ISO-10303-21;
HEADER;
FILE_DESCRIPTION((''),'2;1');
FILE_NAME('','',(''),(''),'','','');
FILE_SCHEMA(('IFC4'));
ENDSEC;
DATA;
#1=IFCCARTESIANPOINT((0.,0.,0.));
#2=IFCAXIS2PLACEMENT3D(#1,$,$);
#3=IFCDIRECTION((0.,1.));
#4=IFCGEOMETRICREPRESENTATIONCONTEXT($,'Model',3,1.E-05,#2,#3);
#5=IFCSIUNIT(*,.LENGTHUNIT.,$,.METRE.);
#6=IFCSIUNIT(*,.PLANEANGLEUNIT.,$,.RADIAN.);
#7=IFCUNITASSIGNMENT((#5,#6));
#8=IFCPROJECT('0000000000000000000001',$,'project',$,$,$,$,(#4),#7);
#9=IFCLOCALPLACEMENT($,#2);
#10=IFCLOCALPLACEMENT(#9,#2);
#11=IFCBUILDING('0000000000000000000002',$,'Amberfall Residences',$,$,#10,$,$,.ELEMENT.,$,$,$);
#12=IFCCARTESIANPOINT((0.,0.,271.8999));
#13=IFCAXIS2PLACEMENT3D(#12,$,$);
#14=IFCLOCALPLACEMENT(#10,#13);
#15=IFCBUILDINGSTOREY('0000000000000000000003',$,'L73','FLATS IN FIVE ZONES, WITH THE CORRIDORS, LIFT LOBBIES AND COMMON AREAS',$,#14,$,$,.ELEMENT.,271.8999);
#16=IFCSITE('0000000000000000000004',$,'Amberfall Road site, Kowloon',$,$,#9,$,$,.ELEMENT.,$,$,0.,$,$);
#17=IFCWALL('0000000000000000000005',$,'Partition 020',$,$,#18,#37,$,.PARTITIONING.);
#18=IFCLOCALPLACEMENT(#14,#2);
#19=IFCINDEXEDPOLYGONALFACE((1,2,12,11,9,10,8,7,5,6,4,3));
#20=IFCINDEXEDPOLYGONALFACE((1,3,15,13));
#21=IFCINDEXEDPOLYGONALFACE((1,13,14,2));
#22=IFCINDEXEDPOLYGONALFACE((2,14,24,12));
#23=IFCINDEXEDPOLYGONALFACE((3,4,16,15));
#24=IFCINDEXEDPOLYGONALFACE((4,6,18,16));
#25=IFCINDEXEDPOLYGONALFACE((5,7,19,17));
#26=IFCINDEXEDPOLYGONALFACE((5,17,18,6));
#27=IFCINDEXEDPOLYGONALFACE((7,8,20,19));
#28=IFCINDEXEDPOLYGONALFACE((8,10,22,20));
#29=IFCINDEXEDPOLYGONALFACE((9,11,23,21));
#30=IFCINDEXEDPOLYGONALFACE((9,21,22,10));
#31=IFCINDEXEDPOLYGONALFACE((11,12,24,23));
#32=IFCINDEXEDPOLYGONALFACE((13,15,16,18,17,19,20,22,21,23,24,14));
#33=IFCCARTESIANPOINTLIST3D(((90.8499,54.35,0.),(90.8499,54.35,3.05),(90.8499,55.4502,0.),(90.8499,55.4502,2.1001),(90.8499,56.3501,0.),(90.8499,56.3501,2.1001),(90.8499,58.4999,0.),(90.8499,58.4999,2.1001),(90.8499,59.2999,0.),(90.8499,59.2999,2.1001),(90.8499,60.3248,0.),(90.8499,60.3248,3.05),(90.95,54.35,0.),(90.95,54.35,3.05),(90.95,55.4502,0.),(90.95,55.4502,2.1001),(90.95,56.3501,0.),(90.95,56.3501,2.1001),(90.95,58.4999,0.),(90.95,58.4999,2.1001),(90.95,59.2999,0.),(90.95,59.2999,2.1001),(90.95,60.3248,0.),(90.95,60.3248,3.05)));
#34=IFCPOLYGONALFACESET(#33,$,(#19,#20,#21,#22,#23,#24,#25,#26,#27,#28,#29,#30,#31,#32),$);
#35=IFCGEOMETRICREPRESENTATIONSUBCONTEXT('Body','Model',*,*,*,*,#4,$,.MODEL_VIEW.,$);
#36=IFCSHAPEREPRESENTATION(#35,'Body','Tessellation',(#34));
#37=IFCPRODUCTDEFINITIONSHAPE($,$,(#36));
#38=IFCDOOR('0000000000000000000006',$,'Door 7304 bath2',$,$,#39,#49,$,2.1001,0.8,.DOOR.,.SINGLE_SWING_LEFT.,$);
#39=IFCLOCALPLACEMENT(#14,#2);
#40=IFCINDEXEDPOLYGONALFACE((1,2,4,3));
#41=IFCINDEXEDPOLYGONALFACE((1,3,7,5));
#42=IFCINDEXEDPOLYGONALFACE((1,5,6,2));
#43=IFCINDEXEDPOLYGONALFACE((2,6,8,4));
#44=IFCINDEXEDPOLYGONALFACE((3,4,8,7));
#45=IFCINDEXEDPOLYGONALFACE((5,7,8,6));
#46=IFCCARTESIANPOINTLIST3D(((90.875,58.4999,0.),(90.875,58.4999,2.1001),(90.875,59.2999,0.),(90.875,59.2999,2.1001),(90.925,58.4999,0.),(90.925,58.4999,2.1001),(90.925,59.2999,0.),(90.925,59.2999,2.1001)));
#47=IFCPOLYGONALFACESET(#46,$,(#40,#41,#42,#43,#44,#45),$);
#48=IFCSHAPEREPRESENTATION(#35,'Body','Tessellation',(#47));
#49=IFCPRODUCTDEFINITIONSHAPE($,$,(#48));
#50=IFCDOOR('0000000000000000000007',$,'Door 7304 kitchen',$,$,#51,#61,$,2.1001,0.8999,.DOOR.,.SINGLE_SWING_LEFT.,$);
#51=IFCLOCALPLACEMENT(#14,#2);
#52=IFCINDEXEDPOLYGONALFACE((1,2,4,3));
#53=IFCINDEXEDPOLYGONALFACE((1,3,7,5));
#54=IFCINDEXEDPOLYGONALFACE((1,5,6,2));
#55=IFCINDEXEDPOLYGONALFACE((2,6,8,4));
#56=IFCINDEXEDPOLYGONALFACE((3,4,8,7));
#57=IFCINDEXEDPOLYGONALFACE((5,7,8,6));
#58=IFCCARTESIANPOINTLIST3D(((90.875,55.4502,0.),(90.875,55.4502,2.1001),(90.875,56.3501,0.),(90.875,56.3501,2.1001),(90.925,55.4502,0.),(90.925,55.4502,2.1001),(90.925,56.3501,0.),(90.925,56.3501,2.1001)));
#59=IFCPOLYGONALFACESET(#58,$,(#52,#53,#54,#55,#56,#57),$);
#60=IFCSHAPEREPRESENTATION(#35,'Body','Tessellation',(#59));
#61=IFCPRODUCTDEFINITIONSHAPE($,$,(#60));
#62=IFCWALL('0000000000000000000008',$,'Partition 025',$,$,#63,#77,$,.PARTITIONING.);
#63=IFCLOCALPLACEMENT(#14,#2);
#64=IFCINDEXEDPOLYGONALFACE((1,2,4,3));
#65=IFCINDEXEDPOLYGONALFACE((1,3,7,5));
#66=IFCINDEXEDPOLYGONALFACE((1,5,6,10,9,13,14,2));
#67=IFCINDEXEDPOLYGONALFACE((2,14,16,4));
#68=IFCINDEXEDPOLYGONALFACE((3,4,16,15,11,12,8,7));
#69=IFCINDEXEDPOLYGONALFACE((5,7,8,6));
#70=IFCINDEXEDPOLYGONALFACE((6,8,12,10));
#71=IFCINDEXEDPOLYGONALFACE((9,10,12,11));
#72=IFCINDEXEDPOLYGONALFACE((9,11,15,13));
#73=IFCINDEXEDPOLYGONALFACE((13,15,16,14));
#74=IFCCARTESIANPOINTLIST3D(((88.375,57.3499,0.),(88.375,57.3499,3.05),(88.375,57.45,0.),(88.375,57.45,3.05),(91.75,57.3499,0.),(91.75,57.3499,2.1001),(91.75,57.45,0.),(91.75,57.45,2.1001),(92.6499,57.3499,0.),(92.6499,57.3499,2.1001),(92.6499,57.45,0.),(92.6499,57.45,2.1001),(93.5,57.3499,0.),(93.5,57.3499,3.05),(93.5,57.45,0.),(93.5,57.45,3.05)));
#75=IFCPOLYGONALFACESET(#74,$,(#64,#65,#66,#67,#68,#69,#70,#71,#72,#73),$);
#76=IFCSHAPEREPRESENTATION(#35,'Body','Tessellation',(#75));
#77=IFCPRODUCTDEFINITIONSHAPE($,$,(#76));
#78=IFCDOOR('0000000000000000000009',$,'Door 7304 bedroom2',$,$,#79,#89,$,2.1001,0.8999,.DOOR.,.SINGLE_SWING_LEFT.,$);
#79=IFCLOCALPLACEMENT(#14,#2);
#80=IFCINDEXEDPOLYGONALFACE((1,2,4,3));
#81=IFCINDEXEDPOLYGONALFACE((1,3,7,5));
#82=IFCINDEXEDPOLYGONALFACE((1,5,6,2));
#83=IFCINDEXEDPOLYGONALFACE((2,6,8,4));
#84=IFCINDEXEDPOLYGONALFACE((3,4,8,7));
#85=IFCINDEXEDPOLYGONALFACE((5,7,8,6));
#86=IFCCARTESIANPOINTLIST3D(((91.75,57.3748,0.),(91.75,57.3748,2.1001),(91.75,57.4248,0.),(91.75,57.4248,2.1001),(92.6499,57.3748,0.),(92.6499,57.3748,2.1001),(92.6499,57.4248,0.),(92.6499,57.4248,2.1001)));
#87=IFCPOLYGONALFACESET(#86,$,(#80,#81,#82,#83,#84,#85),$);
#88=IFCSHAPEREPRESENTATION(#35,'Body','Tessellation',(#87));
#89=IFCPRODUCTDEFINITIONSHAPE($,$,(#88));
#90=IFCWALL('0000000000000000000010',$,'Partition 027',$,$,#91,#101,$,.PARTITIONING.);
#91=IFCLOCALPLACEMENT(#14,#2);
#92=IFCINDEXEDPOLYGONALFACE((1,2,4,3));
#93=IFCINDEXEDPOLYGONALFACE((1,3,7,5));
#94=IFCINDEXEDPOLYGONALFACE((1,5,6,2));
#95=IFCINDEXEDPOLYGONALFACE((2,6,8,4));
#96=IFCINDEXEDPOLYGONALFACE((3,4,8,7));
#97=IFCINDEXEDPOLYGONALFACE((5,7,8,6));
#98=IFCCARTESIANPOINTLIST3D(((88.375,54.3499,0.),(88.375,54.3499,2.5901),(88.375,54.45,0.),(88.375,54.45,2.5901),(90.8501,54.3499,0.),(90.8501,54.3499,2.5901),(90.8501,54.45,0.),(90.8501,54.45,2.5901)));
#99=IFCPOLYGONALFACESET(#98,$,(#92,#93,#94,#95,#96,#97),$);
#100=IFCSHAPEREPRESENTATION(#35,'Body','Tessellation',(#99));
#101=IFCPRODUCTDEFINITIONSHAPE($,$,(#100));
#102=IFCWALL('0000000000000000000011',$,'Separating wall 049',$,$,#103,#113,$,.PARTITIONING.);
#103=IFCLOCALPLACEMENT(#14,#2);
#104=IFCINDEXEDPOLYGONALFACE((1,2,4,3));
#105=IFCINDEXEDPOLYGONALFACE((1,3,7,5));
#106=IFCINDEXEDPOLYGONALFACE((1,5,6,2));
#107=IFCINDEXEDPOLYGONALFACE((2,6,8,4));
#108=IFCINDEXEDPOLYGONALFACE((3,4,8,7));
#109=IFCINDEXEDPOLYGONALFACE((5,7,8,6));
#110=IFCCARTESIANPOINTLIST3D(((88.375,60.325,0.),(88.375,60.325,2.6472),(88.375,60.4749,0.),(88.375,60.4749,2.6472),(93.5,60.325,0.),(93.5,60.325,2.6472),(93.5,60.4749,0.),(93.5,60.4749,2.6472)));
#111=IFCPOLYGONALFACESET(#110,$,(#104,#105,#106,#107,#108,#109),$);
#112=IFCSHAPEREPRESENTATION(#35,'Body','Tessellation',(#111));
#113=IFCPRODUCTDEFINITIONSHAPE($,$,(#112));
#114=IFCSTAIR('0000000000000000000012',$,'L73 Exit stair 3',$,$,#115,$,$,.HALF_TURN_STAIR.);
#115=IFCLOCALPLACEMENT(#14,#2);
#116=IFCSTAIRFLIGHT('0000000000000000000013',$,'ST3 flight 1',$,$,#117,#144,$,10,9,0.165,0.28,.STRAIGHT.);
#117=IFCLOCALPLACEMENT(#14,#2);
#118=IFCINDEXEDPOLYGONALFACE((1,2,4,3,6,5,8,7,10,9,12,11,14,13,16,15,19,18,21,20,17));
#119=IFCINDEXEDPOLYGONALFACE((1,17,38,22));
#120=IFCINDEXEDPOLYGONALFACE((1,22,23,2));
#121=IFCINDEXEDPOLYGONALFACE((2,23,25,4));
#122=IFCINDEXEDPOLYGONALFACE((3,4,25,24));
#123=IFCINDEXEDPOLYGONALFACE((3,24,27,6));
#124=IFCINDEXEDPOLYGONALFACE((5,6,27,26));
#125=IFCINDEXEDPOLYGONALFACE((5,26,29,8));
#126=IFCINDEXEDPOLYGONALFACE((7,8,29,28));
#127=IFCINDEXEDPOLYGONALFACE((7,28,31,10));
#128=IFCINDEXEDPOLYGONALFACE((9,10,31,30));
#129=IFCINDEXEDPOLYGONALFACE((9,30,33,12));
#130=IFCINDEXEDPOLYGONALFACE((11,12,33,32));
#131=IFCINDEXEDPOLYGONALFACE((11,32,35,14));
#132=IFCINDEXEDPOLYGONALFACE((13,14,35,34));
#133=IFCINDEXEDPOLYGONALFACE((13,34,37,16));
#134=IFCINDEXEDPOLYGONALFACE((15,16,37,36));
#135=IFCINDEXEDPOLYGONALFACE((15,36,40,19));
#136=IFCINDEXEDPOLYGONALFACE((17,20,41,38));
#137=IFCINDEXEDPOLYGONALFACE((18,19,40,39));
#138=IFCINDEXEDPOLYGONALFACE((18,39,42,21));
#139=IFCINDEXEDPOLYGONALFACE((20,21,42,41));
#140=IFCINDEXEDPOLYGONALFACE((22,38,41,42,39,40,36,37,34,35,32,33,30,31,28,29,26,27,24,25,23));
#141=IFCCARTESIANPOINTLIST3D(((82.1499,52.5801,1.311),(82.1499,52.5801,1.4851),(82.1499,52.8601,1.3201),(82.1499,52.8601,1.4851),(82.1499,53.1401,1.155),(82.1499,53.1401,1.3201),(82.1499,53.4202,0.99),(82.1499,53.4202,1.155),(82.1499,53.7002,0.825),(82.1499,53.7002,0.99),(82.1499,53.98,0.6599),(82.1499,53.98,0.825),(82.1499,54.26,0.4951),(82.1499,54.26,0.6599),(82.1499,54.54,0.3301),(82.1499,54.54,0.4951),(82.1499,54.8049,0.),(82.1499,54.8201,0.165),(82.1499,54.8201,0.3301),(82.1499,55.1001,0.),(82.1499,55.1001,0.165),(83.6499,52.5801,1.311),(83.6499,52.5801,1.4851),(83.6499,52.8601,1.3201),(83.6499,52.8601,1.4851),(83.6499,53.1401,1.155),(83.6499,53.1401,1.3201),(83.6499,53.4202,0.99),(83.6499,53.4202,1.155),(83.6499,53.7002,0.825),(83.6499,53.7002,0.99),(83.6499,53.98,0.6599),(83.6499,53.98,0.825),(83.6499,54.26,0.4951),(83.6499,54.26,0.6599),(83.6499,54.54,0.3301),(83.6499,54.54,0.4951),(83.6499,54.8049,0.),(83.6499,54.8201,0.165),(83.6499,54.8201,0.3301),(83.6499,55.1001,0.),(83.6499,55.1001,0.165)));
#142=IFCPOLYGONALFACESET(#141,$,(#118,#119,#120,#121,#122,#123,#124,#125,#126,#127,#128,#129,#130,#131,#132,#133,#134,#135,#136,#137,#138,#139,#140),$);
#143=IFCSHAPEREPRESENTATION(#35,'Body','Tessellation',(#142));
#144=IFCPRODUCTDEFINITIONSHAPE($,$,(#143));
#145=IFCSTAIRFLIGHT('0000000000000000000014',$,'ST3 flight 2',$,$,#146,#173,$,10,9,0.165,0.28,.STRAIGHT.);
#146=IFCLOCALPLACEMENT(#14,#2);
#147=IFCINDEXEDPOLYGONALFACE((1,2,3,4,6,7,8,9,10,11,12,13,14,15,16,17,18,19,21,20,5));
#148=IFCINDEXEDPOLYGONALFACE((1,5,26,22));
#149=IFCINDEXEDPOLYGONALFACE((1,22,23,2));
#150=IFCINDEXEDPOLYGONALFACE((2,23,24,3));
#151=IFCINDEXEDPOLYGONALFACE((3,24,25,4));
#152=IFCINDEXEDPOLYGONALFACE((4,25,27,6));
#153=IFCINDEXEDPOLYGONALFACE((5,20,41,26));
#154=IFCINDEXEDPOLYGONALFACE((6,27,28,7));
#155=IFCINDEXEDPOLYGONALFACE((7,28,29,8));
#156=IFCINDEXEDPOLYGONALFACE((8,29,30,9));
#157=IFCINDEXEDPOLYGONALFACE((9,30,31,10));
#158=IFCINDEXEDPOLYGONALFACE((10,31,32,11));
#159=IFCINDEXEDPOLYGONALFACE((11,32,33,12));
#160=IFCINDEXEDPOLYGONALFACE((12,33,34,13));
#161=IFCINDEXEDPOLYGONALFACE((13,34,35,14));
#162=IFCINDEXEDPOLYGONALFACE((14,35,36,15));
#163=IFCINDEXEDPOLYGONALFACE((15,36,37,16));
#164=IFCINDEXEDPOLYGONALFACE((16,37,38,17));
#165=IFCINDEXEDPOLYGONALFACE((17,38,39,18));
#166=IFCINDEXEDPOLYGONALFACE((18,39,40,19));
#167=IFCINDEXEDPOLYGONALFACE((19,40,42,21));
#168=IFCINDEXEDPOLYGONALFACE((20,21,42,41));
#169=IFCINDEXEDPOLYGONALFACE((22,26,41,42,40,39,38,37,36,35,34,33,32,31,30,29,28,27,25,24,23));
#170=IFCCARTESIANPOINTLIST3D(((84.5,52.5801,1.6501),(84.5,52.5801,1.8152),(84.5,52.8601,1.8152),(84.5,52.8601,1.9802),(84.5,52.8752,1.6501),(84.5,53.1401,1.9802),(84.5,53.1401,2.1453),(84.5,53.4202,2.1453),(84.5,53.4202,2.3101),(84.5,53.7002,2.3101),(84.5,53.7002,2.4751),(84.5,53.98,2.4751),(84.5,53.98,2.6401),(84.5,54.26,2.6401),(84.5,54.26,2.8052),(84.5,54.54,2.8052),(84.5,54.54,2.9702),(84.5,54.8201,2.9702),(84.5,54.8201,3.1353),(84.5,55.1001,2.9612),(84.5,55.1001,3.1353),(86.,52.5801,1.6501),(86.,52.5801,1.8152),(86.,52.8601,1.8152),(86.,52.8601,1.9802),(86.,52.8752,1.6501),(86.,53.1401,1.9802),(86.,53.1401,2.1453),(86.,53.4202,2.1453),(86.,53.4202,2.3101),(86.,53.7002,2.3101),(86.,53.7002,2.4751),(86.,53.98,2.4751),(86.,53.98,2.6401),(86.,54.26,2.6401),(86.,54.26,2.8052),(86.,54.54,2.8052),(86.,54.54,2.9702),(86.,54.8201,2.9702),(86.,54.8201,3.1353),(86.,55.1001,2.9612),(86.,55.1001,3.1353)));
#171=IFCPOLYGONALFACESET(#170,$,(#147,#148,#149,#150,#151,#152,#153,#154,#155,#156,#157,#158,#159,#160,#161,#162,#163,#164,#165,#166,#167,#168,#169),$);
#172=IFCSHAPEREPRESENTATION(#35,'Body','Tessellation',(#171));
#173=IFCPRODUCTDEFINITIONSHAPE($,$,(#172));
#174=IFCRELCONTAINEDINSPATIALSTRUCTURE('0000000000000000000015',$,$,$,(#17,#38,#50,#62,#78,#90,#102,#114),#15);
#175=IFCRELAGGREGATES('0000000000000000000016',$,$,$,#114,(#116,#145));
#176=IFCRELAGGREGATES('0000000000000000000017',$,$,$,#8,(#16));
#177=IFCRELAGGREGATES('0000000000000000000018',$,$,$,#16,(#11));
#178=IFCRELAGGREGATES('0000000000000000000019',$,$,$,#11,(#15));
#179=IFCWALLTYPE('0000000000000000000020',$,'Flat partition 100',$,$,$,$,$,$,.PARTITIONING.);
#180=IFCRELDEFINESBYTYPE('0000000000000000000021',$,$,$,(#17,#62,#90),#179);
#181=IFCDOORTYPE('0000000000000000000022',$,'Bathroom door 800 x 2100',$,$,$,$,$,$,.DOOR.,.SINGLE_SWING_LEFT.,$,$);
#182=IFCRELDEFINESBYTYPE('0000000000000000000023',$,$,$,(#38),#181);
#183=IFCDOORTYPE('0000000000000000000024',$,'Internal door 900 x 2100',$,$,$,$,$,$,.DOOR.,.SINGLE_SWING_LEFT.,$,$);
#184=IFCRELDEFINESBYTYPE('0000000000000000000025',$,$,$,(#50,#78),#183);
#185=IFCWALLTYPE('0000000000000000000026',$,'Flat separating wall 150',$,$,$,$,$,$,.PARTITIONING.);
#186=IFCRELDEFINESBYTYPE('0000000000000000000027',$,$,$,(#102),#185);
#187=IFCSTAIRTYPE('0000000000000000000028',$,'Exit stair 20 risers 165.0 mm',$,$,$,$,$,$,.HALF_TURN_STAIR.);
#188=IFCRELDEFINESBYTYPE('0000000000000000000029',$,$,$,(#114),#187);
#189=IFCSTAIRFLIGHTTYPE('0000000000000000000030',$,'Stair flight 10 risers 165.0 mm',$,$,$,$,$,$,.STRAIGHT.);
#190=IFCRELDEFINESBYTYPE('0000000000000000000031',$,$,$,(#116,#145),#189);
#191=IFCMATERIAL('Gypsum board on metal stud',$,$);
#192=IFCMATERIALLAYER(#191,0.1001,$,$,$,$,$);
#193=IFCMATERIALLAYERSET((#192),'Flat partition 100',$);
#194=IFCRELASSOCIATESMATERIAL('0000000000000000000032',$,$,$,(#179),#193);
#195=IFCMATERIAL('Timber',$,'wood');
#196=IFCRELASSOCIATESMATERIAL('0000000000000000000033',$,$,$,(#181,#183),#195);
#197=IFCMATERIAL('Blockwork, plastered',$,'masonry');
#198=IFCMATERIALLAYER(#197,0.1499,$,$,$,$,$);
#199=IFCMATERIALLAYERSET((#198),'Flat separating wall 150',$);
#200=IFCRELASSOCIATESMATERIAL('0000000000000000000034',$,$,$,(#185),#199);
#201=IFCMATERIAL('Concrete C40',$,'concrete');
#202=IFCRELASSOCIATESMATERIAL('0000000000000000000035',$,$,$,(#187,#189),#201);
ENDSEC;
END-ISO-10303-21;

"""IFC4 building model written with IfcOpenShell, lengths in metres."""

from ifc_helpers import new_model, si_unit, direction, frame, frame_2d, origin, place, context, subcontext, project, spatial, polyline, rectangle, outline, extrude, material, layer, layer_set, type_object, element, fill, aggregate, save


model = new_model("IFC4")

# Units and contexts
model_context = context("Model", 3, precision=1e-05, world=origin(), true_north=direction((0.0, 1.0)))
body_context = subcontext(model_context, "Body", "Model", "MODEL_VIEW")
ifc_project = project(units=[si_unit("LENGTHUNIT", "METRE"), si_unit("PLANEANGLEUNIT", "RADIAN")], contexts=[model_context])

# Site, building, storey
site_placement = place(None, origin())
site = spatial("IfcSite", under=ifc_project, at=site_placement, Name="Amberfall Road site, Kowloon", CompositionType="ELEMENT", RefElevation=0.0)
building_placement = place(site_placement, origin())
building = spatial("IfcBuilding", under=site, at=building_placement, Name="Amberfall Residences", CompositionType="ELEMENT")
storey_placement = place(building_placement, frame((0.0, 0.0, 271.8999)))
storey = spatial("IfcBuildingStorey", under=building, at=storey_placement, Name="L73", Description="FLATS IN FIVE ZONES, WITH THE CORRIDORS, LIFT LOBBIES AND COMMON AREAS", CompositionType="ELEMENT", Elevation=271.8999)

# Wall, openings, doors
ifc_material_1 = material(Name="Gypsum board on metal stud")
ifc_layer_1 = layer(ifc_material_1, 0.1001)
ifc_layer_set_1 = layer_set([ifc_layer_1], Name="Flat partition 100")
wall_type_1 = type_object("IfcWallType", Name="Flat partition 100", PredefinedType="PARTITIONING", material=ifc_layer_set_1)
wall_1_placement = place(storey_placement, frame((90.8999, 54.3501, 0.0), z_axis=(0.0, 0.0, 1.0), x_axis=(0.0, 1.0, 0.0)))
wall_1 = element("IfcWall", 1, at=wall_1_placement, inside=storey, type_object=wall_type_1, Name="Partition 020", PredefinedType="PARTITIONING", context=body_context, shape_type="SweptSolid", body=[
    extrude(rectangle(XDim=5.9749, YDim=0.1001, at=frame_2d((2.9873, 0.0))), origin(), (0.0, 0.0, 1.0), 3.05),
])
opening_1_placement = place(wall_1_placement, frame((1.1001, 0.0, 0.0)))
opening_1 = element("IfcOpeningElement", 2, at=opening_1_placement, cuts=wall_1, PredefinedType="OPENING", context=body_context, shape_type="SweptSolid", body=[
    extrude(rectangle(XDim=0.8999, YDim=2.1001, at=frame_2d((0.45, 1.05))), frame((0.0, 0.0601, 0.0), z_axis=(0.0, -1.0, 0.0), x_axis=(1.0, 0.0, 0.0)), (0.0, 0.0, 1.0), 0.1201),
])
opening_2_placement = place(wall_1_placement, frame((4.1499, 0.0, 0.0)))
opening_2 = element("IfcOpeningElement", 3, at=opening_2_placement, cuts=wall_1, PredefinedType="OPENING", context=body_context, shape_type="SweptSolid", body=[
    extrude(rectangle(XDim=0.8, YDim=2.1001, at=frame_2d((0.3999, 1.05))), frame((0.0, 0.0601, 0.0), z_axis=(0.0, -1.0, 0.0), x_axis=(1.0, 0.0, 0.0)), (0.0, 0.0, 1.0), 0.1201),
])
ifc_material_2 = material(Name="Timber", Category="wood")
door_type_1 = type_object("IfcDoorType", Name="Bathroom door 800 x 2100", OperationType="SINGLE_SWING_LEFT", PredefinedType="DOOR", material=ifc_material_2)
door_1_placement = place(opening_2_placement, origin())
door_1 = element("IfcDoor", 4, at=door_1_placement, inside=storey, type_object=door_type_1, Name="Door 7304 bath2", OperationType="SINGLE_SWING_LEFT", OverallHeight=2.1001, OverallWidth=0.8, PredefinedType="DOOR", context=body_context, shape_type="SweptSolid", body=[
    extrude(rectangle(XDim=0.8, YDim=2.1001, at=frame_2d((0.3999, 1.05))), frame((0.0, 0.0249, 0.0), z_axis=(0.0, -1.0, 0.0), x_axis=(1.0, 0.0, 0.0)), (0.0, 0.0, 1.0), 0.05),
])
fill(opening_2, door_1)
door_type_2 = type_object("IfcDoorType", Name="Internal door 900 x 2100", OperationType="SINGLE_SWING_LEFT", PredefinedType="DOOR", material=ifc_material_2)
door_2_placement = place(opening_1_placement, origin())
door_2 = element("IfcDoor", 5, at=door_2_placement, inside=storey, type_object=door_type_2, Name="Door 7304 kitchen", OperationType="SINGLE_SWING_LEFT", OverallHeight=2.1001, OverallWidth=0.8999, PredefinedType="DOOR", context=body_context, shape_type="SweptSolid", body=[
    extrude(rectangle(XDim=0.8999, YDim=2.1001, at=frame_2d((0.45, 1.05))), frame((0.0, 0.0249, 0.0), z_axis=(0.0, -1.0, 0.0), x_axis=(1.0, 0.0, 0.0)), (0.0, 0.0, 1.0), 0.05),
])
fill(opening_1, door_2)

# Wall, opening, door
wall_2_placement = place(storey_placement, frame((88.375, 57.3999, 0.0), z_axis=(0.0, 0.0, 1.0), x_axis=(1.0, 0.0, 0.0)))
wall_2 = element("IfcWall", 6, at=wall_2_placement, inside=storey, type_object=wall_type_1, Name="Partition 025", PredefinedType="PARTITIONING", context=body_context, shape_type="SweptSolid", body=[
    extrude(rectangle(XDim=5.125, YDim=0.1001, at=frame_2d((2.5625, 0.0))), origin(), (0.0, 0.0, 1.0), 3.05),
])
opening_3_placement = place(wall_2_placement, frame((3.375, 0.0, 0.0)))
opening_3 = element("IfcOpeningElement", 7, at=opening_3_placement, cuts=wall_2, PredefinedType="OPENING", context=body_context, shape_type="SweptSolid", body=[
    extrude(rectangle(XDim=0.8999, YDim=2.1001, at=frame_2d((0.45, 1.05))), frame((0.0, 0.0601, 0.0), z_axis=(0.0, -1.0, 0.0), x_axis=(1.0, 0.0, 0.0)), (0.0, 0.0, 1.0), 0.1201),
])
door_3_placement = place(opening_3_placement, origin())
door_3 = element("IfcDoor", 8, at=door_3_placement, inside=storey, type_object=door_type_2, Name="Door 7304 bedroom2", OperationType="SINGLE_SWING_LEFT", OverallHeight=2.1001, OverallWidth=0.8999, PredefinedType="DOOR", context=body_context, shape_type="SweptSolid", body=[
    extrude(rectangle(XDim=0.8999, YDim=2.1001, at=frame_2d((0.45, 1.05))), frame((0.0, 0.0249, 0.0), z_axis=(0.0, -1.0, 0.0), x_axis=(1.0, 0.0, 0.0)), (0.0, 0.0, 1.0), 0.05),
])
fill(opening_3, door_3)

# Walls
wall_3_placement = place(storey_placement, frame((88.375, 54.3999, 0.0), z_axis=(0.0, 0.0, 1.0), x_axis=(1.0, 0.0, 0.0)))
element("IfcWall", 9, at=wall_3_placement, inside=storey, type_object=wall_type_1, Name="Partition 027", PredefinedType="PARTITIONING", context=body_context, shape_type="SweptSolid", body=[
    extrude(rectangle(XDim=2.4751, YDim=0.1001, at=frame_2d((1.2375, 0.0))), origin(), (0.0, 0.0, 1.0), 2.5901),
])
ifc_material_3 = material(Name="Blockwork, plastered", Category="masonry")
ifc_layer_2 = layer(ifc_material_3, 0.1499)
ifc_layer_set_2 = layer_set([ifc_layer_2], Name="Flat separating wall 150")
wall_type_2 = type_object("IfcWallType", Name="Flat separating wall 150", PredefinedType="PARTITIONING", material=ifc_layer_set_2)
wall_4_placement = place(storey_placement, frame((88.375, 60.3999, 0.0), z_axis=(0.0, 0.0, 1.0), x_axis=(1.0, 0.0, 0.0)))
element("IfcWall", 10, at=wall_4_placement, inside=storey, type_object=wall_type_2, Name="Separating wall 049", PredefinedType="PARTITIONING", context=body_context, shape_type="SweptSolid", body=[
    extrude(rectangle(XDim=5.125, YDim=0.1499, at=frame_2d((2.5625, 0.0))), origin(), (0.0, 0.0, 1.0), 2.6472),
])

# Stair, stair flights
ifc_material_4 = material(Name="Concrete C40", Category="concrete")
stair_type = type_object("IfcStairType", Name="Exit stair 20 risers 165.0 mm", PredefinedType="HALF_TURN_STAIR", material=ifc_material_4)
stair_placement = place(storey_placement, origin())
stair = element("IfcStair", 11, at=stair_placement, inside=storey, type_object=stair_type, Name="L73 Exit stair 3", PredefinedType="HALF_TURN_STAIR")
stair_flight_type = type_object("IfcStairFlightType", Name="Stair flight 10 risers 165.0 mm", PredefinedType="STRAIGHT", material=ifc_material_4)
stair_flight_1_placement = place(storey_placement, frame((82.8999, 55.1001, 0.0), z_axis=(0.0, 0.0, 1.0), x_axis=(0.0, -1.0, 0.0)))
stair_flight_1 = element("IfcStairFlight", 12, at=stair_flight_1_placement, type_object=stair_flight_type, Name="ST3 flight 1", NumberOfRisers=10, NumberOfTreads=9, PredefinedType="STRAIGHT", RiserHeight=0.165, TreadLength=0.28, context=body_context, shape_type="SweptSolid", body=[
    extrude(outline(polyline([(0.0, 0.0), (0.0, 0.165), (0.28, 0.165), (0.28, 0.3301), (0.5601, 0.3301), (0.5601, 0.4951), (0.8401, 0.4951), (0.8401, 0.6599), (1.1201, 0.6599), (1.1201, 0.825), (1.3999, 0.825), (1.3999, 0.99), (1.6799, 0.99), (1.6799, 1.155), (1.96, 1.155), (1.96, 1.3201), (2.24, 1.3201), (2.24, 1.4851), (2.52, 1.4851), (2.52, 1.6499), (2.52, 1.311), (0.2952, 0.0), (0.0, 0.0)])), frame((0.0, 0.75, 0.0), z_axis=(0.0, -1.0, 0.0), x_axis=(1.0, 0.0, 0.0)), (0.0, 0.0, 1.0), 1.5),
])
stair_flight_2_placement = place(storey_placement, frame((85.25, 52.5801, 1.6501), z_axis=(0.0, 0.0, 1.0), x_axis=(0.0, 1.0, 0.0)))
stair_flight_2 = element("IfcStairFlight", 13, at=stair_flight_2_placement, type_object=stair_flight_type, Name="ST3 flight 2", NumberOfRisers=10, NumberOfTreads=9, PredefinedType="STRAIGHT", RiserHeight=0.165, TreadLength=0.28, context=body_context, shape_type="SweptSolid", body=[
    extrude(outline(polyline([(0.0, 0.0), (0.0, 0.165), (0.28, 0.165), (0.28, 0.3301), (0.5601, 0.3301), (0.5601, 0.4951), (0.8401, 0.4951), (0.8401, 0.6599), (1.1201, 0.6599), (1.1201, 0.825), (1.3999, 0.825), (1.3999, 0.99), (1.6799, 0.99), (1.6799, 1.155), (1.96, 1.155), (1.96, 1.3201), (2.24, 1.3201), (2.24, 1.4851), (2.52, 1.4851), (2.52, 1.6499), (2.52, 1.311), (0.2952, 0.0), (0.0, 0.0)])), frame((0.0, 0.75, 0.0), z_axis=(0.0, -1.0, 0.0), x_axis=(1.0, 0.0, 0.0)), (0.0, 0.0, 1.0), 1.5),
])
aggregate(stair, [stair_flight_1, stair_flight_2])

save(model, "model.ifc")
